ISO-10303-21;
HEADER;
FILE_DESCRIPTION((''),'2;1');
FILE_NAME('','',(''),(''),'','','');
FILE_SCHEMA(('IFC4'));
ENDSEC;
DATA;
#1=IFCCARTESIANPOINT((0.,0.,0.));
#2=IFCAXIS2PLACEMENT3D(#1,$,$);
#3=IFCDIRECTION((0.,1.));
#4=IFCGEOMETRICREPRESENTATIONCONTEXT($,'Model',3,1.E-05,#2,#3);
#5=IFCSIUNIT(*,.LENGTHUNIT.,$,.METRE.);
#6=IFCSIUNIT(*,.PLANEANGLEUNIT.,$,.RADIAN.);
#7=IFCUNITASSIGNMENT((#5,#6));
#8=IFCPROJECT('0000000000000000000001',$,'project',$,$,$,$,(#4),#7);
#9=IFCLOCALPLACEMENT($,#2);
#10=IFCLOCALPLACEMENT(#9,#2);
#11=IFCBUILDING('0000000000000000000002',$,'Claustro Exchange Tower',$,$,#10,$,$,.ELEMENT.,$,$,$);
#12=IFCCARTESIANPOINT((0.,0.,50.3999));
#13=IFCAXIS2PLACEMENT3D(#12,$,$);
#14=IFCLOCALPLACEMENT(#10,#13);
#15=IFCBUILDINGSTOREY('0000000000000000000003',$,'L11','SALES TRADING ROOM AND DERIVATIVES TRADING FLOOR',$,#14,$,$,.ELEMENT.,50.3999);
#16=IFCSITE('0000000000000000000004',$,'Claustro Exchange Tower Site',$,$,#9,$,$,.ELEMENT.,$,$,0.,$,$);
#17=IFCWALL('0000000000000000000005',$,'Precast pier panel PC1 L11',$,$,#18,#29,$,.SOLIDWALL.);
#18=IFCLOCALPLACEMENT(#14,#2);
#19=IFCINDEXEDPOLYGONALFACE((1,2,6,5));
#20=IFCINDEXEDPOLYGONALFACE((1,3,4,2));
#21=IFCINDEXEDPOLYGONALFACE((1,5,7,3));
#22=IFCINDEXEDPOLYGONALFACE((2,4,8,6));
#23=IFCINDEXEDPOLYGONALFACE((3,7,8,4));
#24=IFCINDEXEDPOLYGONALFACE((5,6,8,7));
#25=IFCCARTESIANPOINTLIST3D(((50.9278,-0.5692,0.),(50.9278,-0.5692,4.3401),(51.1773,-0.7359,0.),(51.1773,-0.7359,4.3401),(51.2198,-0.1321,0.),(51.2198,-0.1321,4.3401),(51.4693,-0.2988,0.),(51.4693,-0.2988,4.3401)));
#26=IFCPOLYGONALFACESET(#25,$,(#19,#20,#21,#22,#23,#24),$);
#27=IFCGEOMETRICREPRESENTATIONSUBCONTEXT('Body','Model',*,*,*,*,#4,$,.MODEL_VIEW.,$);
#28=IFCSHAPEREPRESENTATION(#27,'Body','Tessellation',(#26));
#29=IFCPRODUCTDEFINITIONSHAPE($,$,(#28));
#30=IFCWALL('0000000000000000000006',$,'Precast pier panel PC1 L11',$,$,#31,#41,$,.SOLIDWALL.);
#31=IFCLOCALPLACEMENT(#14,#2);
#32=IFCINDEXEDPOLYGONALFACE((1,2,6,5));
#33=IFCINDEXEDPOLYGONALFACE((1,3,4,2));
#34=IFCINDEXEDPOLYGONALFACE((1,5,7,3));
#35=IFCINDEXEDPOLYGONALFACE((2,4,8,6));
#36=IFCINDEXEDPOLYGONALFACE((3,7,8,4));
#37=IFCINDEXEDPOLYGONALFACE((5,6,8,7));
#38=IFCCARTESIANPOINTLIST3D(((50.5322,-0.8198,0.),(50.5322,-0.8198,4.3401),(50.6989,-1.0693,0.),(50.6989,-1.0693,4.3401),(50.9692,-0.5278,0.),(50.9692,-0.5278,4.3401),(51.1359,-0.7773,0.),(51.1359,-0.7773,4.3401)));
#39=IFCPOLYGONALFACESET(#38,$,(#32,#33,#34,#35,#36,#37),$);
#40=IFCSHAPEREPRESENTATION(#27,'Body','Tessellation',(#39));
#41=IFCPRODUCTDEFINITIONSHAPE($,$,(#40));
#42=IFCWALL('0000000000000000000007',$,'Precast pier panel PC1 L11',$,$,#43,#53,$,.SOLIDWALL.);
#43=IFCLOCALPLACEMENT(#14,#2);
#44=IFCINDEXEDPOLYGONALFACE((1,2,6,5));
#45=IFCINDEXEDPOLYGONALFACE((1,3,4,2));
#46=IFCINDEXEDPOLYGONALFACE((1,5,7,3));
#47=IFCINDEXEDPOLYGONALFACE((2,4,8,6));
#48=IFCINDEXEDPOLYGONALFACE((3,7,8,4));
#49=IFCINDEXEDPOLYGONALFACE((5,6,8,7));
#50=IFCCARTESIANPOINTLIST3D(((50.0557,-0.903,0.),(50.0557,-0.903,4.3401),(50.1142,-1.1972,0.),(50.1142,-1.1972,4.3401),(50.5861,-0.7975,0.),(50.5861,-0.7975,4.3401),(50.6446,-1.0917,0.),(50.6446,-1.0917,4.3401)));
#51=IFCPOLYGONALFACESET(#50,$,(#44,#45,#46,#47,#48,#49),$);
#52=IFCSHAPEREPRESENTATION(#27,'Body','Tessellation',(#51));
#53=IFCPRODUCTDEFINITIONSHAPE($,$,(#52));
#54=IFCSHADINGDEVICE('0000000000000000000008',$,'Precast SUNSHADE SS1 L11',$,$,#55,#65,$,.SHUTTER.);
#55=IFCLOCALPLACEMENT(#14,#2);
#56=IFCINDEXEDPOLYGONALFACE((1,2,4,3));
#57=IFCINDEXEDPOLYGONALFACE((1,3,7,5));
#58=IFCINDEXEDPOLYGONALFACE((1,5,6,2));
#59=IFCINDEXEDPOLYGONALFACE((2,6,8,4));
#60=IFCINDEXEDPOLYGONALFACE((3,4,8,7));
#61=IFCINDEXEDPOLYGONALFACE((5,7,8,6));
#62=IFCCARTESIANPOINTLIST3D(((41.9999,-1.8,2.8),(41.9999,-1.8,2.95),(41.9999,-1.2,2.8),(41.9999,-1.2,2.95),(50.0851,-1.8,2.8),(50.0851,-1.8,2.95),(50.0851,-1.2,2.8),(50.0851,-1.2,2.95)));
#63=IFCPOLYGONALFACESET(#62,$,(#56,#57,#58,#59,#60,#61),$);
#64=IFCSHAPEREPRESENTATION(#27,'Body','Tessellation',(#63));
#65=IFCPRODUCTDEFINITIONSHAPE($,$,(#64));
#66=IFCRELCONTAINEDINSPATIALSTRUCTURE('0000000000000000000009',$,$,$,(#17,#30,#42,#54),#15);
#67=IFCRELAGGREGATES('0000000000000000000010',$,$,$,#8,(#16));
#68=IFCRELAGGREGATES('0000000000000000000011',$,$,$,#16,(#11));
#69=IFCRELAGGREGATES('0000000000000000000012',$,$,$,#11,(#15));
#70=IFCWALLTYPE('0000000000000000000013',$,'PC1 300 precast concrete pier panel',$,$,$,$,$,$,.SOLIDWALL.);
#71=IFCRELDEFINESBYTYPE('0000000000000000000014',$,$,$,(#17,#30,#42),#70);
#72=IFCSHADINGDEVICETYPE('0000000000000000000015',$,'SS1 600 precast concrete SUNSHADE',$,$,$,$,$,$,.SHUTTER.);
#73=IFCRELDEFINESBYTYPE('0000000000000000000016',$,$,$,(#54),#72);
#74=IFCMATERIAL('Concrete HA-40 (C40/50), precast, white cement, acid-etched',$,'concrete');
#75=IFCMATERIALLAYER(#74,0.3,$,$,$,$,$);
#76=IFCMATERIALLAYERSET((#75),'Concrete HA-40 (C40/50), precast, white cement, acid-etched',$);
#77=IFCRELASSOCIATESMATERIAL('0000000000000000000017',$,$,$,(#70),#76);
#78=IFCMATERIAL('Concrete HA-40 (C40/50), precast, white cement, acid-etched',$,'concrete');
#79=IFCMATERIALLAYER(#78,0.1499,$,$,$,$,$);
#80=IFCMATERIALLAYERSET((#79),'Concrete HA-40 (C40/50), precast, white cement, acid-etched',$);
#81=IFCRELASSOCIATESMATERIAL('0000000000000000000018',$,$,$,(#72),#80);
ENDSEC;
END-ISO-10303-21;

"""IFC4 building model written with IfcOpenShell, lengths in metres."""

from ifc_helpers import new_model, si_unit, direction, frame, frame_2d, origin, origin_2d, place, context, subcontext, project, spatial, rectangle, extrude, material, layer, layer_set, type_object, element, save


model = new_model("IFC4")

# Units and contexts
model_context = context("Model", 3, precision=1e-05, world=origin(), true_north=direction((0.0, 1.0)))
body_context = subcontext(model_context, "Body", "Model", "MODEL_VIEW")
ifc_project = project(units=[si_unit("LENGTHUNIT", "METRE"), si_unit("PLANEANGLEUNIT", "RADIAN")], contexts=[model_context])

# Site, building, storey
site_placement = place(None, origin())
site = spatial("IfcSite", under=ifc_project, at=site_placement, Name="Claustro Exchange Tower Site", CompositionType="ELEMENT", RefElevation=0.0)
building_placement = place(site_placement, origin())
building = spatial("IfcBuilding", under=site, at=building_placement, Name="Claustro Exchange Tower", CompositionType="ELEMENT")
storey_placement = place(building_placement, frame((0.0, 0.0, 50.3999)))
storey = spatial("IfcBuildingStorey", under=building, at=storey_placement, Name="L11", Description="SALES TRADING ROOM AND DERIVATIVES TRADING FLOOR", CompositionType="ELEMENT", Elevation=50.3999)

# Shared definitions
ifc_material_1 = material(Name="Concrete HA-40 (C40/50), precast, white cement, acid-etched", Category="concrete")
ifc_layer_1 = layer(ifc_material_1, 0.3)
ifc_layer_set_1 = layer_set([ifc_layer_1], Name="Concrete HA-40 (C40/50), precast, white cement, acid-etched")
wall_type_1 = type_object("IfcWallType", Name="PC1 300 precast concrete pier panel", PredefinedType="SOLIDWALL", material=ifc_layer_set_1)

# Walls
for number, where, z_axis, x_axis, name in (
    (1, (51.3445, -0.2156, 0.0), (0.0, 0.0, 1.0), (-0.555557, -0.831478, 0.0), "Precast pier panel PC1 L11"),
    (2, (51.0525, -0.6526, 0.0), (0.0, 0.0, 1.0), (-0.831478, -0.555557, 0.0), "Precast pier panel PC1 L11"),
):
    element("IfcWall", number, at=place(storey_placement, frame(where, z_axis=z_axis, x_axis=x_axis)), inside=storey, type_object=wall_type_1, Name=name, PredefinedType="SOLIDWALL", context=body_context, shape_type="SweptSolid", body=[
        extrude(rectangle(XDim=0.5256, YDim=0.3, at=frame_2d((0.2627, 0.0))), origin(), (0.0, 0.0, 1.0), 4.3401),
    ])
wall_1_placement = place(storey_placement, frame((50.6155, -0.9446, 0.0), z_axis=(0.0, 0.0, 1.0), x_axis=(-0.980789, -0.195074, 0.0)))
element("IfcWall", 3, at=wall_1_placement, inside=storey, type_object=wall_type_1, Name="Precast pier panel PC1 L11", PredefinedType="SOLIDWALL", context=body_context, shape_type="SweptSolid", body=[
    extrude(rectangle(XDim=0.5408, YDim=0.3, at=frame_2d((0.2705, 0.0))), origin(), (0.0, 0.0, 1.0), 4.3401),
])

# Shading device
ifc_material_2 = material(Name="Concrete HA-40 (C40/50), precast, white cement, acid-etched", Category="concrete")
ifc_layer_2 = layer(ifc_material_2, 0.1499)
ifc_layer_set_2 = layer_set([ifc_layer_2], Name="Concrete HA-40 (C40/50), precast, white cement, acid-etched")
shading_device_type = type_object("IfcShadingDeviceType", Name="SS1 600 precast concrete SUNSHADE", PredefinedType="SHUTTER", material=ifc_layer_set_2)
shading_device_placement = place(storey_placement, frame((46.0425, -1.5, 2.8), z_axis=(0.0, 0.0, 1.0), x_axis=(-1.0, 0.0, 0.0)))
element("IfcShadingDevice", 4, at=shading_device_placement, inside=storey, type_object=shading_device_type, Name="Precast SUNSHADE SS1 L11", PredefinedType="SHUTTER", context=body_context, shape_type="SweptSolid", body=[
    extrude(rectangle(XDim=8.0852, YDim=0.6001, at=origin_2d()), origin(), (0.0, 0.0, 1.0), 0.1499),
])

save(model, "model.ifc")
